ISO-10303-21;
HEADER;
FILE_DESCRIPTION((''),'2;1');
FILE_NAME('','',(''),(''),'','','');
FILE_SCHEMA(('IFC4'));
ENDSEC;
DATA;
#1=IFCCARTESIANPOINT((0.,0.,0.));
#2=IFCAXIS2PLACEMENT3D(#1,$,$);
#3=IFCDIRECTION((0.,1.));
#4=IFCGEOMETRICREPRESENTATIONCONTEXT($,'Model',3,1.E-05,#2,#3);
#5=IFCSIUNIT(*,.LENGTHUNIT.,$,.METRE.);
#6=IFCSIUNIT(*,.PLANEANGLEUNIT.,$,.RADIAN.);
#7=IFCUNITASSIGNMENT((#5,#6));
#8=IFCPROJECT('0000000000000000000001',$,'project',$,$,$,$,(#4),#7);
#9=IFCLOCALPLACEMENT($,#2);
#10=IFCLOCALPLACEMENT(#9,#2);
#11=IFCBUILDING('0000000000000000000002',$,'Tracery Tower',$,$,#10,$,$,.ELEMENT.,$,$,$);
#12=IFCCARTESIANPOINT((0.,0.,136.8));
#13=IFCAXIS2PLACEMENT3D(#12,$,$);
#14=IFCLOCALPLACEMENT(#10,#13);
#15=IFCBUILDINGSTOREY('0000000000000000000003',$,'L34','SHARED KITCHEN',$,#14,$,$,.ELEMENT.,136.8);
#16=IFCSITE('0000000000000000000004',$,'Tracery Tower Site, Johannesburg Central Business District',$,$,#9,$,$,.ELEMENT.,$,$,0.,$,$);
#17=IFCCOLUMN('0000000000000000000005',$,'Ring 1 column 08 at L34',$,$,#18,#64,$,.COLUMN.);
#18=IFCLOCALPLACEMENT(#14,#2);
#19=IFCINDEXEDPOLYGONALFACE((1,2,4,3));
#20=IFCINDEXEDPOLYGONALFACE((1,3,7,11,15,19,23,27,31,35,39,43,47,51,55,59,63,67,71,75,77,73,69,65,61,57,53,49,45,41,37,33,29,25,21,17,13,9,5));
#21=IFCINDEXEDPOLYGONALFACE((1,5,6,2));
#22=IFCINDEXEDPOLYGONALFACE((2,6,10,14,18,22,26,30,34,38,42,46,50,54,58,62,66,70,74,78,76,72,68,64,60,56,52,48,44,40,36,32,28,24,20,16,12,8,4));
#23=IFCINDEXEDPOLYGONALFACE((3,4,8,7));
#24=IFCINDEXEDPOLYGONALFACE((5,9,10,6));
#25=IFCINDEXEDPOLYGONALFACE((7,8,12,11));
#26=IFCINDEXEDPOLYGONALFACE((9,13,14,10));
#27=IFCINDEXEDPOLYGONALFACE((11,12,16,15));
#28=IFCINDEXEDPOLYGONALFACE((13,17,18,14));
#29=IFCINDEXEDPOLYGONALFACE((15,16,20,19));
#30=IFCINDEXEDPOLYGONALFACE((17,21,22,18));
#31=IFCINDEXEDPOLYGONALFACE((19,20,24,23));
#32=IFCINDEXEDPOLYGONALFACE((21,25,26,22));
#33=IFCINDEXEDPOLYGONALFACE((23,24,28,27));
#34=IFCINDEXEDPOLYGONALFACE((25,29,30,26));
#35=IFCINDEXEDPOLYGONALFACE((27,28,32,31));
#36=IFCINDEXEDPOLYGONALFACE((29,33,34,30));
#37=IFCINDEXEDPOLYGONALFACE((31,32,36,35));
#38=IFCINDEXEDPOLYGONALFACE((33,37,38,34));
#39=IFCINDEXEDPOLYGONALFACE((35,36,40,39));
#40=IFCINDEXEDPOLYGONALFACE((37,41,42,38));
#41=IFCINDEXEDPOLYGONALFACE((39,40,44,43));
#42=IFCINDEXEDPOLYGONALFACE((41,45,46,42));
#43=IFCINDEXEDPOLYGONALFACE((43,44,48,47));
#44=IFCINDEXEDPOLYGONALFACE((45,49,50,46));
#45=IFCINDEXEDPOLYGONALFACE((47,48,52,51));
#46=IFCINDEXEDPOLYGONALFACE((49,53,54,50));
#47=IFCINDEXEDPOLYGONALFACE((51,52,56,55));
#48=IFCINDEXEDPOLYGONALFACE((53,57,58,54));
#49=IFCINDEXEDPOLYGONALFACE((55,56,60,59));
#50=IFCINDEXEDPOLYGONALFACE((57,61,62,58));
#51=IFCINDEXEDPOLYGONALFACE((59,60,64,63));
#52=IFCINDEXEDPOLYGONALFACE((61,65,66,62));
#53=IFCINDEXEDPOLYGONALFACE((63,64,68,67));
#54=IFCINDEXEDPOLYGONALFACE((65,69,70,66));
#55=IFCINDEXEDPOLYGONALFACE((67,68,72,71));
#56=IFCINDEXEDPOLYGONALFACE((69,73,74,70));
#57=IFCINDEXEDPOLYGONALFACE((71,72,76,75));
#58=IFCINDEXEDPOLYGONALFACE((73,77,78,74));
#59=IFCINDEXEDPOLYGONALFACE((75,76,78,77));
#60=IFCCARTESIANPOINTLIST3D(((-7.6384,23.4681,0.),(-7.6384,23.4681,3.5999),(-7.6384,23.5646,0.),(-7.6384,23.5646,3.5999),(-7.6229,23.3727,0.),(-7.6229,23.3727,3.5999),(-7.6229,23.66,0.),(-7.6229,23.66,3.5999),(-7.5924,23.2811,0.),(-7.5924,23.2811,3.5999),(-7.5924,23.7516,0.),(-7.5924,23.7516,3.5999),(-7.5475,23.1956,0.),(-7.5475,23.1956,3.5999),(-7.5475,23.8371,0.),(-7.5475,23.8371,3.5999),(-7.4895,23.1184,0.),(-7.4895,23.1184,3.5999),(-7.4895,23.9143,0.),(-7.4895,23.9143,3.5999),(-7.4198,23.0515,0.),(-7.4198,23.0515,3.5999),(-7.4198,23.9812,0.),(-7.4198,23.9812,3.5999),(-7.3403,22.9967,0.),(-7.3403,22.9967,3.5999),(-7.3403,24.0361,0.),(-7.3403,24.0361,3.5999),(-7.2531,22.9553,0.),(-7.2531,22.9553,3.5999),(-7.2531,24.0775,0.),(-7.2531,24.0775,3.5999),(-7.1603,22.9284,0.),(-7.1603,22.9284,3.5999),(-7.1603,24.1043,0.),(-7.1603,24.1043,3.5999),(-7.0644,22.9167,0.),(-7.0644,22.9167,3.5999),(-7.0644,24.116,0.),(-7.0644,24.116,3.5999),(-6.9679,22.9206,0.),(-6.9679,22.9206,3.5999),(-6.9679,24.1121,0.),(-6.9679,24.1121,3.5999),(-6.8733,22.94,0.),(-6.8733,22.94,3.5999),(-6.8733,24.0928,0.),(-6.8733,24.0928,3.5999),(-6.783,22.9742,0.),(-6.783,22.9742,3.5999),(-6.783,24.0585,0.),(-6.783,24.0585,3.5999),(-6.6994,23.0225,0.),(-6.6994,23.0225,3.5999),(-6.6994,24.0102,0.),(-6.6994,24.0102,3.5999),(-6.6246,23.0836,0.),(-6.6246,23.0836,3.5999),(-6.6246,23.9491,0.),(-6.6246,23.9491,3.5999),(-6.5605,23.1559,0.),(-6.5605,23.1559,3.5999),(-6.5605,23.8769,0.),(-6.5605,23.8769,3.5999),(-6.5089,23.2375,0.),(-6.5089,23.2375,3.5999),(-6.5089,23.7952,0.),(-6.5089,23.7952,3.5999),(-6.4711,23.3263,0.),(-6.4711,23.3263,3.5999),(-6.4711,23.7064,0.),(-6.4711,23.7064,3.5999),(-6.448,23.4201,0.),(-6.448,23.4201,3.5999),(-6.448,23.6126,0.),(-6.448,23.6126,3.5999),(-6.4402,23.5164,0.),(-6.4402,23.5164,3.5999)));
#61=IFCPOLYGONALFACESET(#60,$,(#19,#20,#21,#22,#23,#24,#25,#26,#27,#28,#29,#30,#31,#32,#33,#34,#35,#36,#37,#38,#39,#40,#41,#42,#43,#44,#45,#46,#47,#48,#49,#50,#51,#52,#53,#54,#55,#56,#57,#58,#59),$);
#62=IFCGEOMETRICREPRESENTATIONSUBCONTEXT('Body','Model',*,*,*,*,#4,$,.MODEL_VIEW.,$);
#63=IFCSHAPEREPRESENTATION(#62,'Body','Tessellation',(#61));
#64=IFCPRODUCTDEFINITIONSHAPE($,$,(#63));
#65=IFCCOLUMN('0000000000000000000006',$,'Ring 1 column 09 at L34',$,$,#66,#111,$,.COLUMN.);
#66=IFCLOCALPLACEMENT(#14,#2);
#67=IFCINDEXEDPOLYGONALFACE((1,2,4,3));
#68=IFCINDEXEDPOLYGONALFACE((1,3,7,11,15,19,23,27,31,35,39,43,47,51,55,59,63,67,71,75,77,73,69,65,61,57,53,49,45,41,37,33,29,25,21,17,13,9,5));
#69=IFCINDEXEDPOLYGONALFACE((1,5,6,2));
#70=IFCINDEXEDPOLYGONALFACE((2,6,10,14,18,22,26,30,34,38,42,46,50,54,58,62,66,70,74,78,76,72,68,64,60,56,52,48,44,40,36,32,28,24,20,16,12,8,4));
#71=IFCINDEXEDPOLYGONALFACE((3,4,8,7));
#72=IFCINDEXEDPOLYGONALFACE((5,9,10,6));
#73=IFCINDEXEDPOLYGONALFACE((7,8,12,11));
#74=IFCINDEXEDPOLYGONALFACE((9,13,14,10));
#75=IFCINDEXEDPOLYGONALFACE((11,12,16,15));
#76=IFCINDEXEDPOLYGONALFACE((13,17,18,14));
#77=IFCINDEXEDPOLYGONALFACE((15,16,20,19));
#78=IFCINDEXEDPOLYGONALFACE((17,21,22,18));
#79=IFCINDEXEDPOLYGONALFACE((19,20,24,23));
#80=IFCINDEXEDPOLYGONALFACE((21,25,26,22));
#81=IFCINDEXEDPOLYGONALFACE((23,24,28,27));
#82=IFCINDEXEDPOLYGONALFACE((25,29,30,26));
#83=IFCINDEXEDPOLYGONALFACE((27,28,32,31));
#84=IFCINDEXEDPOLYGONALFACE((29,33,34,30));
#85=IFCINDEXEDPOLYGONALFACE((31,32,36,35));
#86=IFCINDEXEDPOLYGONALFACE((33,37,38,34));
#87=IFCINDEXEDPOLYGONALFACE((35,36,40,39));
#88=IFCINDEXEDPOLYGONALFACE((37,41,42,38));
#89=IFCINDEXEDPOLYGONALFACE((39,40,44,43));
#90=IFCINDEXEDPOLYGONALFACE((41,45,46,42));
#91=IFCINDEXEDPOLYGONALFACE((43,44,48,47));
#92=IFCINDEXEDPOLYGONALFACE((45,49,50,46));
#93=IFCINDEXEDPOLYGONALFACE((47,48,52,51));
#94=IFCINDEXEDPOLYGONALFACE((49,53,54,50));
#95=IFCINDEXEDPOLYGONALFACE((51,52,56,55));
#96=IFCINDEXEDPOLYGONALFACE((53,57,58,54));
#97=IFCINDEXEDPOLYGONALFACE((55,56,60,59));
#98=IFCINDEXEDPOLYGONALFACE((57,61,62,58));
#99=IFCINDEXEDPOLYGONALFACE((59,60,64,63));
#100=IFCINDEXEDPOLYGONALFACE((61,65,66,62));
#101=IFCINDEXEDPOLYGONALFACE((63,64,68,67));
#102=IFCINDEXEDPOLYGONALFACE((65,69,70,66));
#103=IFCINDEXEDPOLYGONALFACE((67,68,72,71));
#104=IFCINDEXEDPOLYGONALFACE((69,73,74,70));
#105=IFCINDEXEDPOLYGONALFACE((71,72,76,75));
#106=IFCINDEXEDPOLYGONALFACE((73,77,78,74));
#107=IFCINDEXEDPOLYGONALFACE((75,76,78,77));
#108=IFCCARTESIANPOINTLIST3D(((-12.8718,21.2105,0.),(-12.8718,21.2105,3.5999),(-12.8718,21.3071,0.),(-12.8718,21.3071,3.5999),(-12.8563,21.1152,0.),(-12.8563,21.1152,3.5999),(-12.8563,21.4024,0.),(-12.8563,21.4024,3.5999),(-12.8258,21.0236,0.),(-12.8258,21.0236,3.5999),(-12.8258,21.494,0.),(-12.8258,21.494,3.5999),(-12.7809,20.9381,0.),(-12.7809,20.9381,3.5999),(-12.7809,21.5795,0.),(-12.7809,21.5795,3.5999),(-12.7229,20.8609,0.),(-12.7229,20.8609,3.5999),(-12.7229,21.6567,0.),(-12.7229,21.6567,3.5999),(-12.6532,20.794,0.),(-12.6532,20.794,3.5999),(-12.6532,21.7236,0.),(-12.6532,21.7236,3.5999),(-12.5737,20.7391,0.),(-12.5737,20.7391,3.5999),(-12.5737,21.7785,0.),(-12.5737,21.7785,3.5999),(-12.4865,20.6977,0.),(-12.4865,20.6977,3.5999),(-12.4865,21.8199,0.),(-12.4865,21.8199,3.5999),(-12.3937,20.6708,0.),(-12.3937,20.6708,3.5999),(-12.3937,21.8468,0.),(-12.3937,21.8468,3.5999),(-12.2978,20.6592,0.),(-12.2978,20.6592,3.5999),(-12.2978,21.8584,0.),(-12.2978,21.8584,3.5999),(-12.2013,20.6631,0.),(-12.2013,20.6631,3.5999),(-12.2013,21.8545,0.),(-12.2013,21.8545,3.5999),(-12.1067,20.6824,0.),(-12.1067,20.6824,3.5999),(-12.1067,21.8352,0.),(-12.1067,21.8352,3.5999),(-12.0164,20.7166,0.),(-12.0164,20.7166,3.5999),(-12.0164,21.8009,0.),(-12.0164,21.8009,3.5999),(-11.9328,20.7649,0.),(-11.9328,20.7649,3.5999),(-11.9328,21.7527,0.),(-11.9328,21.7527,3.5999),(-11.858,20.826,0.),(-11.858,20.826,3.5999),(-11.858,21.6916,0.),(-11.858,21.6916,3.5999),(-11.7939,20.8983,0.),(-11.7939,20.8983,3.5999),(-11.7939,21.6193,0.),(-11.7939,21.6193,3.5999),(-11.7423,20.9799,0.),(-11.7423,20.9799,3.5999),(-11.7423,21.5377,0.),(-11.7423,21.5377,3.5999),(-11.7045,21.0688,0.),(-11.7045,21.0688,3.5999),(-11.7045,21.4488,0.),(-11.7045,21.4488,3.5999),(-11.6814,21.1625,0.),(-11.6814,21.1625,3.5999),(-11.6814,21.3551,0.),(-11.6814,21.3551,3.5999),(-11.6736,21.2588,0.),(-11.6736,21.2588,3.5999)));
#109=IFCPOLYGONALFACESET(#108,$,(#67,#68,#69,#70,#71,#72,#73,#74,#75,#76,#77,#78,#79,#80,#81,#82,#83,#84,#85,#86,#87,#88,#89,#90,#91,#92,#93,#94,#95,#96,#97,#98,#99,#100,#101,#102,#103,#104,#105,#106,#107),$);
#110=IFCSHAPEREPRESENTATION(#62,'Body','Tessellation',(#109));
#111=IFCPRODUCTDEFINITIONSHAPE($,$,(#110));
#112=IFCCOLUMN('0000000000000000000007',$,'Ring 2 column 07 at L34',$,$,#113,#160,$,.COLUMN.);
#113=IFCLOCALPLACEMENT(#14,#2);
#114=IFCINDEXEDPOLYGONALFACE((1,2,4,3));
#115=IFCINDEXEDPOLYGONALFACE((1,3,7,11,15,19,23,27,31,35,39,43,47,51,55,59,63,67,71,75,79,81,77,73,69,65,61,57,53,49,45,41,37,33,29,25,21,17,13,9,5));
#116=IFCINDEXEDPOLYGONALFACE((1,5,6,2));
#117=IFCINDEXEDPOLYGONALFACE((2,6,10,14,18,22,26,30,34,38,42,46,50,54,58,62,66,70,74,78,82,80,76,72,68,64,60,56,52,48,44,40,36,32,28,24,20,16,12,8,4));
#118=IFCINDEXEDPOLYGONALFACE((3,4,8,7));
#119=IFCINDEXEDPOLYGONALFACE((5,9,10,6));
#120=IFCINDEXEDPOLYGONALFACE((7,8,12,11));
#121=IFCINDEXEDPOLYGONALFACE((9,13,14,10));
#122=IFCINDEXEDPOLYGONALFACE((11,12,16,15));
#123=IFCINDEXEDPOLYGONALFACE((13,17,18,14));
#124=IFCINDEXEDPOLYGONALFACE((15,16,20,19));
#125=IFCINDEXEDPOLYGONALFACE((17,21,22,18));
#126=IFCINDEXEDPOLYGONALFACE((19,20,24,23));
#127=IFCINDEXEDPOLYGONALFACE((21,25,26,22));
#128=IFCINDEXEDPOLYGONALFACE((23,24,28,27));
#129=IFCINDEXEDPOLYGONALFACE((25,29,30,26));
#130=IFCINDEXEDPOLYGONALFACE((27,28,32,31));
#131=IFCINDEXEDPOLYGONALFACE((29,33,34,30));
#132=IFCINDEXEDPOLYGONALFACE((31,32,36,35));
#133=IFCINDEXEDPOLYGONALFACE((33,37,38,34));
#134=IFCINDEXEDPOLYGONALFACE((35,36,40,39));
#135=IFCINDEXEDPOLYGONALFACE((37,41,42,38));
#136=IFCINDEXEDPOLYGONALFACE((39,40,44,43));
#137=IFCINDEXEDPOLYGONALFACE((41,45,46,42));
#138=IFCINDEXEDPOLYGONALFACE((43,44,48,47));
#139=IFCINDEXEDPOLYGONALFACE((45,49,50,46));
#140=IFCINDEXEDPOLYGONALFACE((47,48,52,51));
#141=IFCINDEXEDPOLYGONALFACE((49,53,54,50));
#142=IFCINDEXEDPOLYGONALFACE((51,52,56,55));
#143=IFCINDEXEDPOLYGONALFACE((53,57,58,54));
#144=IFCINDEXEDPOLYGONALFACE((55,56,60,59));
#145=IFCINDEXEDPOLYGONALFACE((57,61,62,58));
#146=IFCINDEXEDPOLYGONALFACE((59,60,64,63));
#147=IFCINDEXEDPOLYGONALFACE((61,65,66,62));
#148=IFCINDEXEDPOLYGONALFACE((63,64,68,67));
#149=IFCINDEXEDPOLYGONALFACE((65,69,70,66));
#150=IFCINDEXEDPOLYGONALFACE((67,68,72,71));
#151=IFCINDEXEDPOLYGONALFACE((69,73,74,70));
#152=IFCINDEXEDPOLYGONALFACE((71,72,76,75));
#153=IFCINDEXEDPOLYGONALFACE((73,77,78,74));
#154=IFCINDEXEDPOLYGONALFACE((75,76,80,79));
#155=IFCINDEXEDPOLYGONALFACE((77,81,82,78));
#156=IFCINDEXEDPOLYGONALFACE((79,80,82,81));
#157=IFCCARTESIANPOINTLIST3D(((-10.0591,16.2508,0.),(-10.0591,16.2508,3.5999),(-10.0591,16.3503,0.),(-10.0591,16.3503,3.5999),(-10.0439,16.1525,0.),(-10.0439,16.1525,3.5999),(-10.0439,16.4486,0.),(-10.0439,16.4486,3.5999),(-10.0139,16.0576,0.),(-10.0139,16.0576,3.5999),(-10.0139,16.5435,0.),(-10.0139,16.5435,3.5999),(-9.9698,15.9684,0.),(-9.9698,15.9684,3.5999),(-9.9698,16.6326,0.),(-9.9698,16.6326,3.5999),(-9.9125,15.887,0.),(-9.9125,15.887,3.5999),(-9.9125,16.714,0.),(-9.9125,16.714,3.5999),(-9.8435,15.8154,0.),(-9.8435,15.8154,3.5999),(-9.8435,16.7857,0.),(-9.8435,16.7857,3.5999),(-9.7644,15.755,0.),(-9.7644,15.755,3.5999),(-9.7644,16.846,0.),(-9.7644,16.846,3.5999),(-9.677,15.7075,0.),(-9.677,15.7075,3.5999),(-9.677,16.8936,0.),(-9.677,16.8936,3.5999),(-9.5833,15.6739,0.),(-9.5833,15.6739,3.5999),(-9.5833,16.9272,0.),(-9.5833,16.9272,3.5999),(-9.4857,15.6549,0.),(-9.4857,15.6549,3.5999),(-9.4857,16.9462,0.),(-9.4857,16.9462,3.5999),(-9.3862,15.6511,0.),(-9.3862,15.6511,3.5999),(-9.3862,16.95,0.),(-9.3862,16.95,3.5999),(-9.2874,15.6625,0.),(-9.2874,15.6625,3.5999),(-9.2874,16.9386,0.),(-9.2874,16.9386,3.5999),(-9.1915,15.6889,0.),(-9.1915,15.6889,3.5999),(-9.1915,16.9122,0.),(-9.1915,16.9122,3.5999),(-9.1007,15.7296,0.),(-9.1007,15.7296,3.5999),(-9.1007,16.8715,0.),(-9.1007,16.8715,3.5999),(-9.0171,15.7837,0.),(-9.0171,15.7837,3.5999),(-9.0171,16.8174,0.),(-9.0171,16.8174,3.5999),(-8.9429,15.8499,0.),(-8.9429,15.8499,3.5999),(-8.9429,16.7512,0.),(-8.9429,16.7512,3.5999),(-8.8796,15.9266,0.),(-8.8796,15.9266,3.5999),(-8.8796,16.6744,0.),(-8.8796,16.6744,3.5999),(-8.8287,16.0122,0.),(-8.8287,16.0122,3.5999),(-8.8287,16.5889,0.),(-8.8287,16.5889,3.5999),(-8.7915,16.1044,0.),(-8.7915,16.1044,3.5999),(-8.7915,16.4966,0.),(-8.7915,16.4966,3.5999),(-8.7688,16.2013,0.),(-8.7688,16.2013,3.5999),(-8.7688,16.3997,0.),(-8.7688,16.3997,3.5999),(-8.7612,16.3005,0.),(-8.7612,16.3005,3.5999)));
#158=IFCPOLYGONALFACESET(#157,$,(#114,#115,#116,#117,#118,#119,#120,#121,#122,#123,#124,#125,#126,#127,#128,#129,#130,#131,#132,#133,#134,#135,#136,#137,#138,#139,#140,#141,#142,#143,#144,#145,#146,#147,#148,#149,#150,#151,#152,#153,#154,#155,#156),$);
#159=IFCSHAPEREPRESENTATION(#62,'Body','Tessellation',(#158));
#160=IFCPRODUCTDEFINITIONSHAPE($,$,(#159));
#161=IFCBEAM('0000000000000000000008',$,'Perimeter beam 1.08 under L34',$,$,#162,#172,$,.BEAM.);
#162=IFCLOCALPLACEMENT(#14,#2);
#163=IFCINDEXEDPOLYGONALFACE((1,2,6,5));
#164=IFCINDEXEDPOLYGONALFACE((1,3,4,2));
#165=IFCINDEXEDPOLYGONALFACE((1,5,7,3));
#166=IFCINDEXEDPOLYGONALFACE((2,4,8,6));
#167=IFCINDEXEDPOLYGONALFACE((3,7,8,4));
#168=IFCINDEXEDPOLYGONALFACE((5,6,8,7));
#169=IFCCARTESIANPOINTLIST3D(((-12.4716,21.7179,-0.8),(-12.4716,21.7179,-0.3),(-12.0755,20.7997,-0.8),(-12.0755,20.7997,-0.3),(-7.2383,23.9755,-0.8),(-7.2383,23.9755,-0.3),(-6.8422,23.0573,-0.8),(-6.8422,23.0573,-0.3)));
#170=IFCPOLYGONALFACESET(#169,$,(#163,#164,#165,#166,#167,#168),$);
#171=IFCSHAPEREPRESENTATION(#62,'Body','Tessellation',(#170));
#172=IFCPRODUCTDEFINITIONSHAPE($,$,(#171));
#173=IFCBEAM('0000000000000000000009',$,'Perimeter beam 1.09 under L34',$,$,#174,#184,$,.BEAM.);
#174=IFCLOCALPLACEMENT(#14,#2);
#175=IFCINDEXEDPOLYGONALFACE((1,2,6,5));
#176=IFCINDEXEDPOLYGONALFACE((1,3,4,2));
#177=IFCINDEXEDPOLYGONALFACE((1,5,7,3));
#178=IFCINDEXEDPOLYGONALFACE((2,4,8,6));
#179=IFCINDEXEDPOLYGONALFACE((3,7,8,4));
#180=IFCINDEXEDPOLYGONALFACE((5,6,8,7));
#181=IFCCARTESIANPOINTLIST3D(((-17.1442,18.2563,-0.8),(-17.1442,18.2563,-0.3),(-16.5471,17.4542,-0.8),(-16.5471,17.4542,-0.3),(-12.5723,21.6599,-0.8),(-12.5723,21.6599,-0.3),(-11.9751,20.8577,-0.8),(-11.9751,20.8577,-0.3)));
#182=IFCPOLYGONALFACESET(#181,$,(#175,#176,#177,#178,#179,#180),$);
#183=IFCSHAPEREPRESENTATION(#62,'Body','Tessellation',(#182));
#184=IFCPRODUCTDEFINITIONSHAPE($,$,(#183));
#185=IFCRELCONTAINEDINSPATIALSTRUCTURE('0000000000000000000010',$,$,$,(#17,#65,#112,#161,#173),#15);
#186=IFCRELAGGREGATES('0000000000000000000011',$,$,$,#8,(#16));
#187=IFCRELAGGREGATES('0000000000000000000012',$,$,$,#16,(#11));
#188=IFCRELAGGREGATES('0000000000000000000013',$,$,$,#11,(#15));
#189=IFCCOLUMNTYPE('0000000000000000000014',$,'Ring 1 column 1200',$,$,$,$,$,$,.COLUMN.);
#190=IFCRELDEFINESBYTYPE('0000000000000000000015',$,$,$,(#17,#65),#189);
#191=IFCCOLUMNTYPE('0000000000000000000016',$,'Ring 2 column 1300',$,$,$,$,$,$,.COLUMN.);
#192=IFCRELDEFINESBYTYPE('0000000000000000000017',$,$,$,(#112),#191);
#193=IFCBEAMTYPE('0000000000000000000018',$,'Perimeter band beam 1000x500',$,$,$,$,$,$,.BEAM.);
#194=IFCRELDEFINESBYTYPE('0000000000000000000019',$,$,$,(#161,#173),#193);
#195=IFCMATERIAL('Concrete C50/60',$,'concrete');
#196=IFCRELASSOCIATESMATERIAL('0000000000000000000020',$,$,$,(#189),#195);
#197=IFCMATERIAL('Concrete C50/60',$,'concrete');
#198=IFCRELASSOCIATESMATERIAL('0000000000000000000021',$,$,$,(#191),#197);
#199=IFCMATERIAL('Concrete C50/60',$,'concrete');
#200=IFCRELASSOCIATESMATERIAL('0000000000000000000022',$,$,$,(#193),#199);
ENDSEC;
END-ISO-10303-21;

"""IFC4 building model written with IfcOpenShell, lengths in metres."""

from ifc_helpers import new_model, si_unit, direction, frame, origin, origin_2d, place, context, subcontext, project, spatial, rectangle, circle, extrude, material, material_profile, profile_set, type_object, element, save


model = new_model("IFC4")

# Units and contexts
model_context = context("Model", 3, precision=1e-05, world=origin(), true_north=direction((0.0, 1.0)))
body_context = subcontext(model_context, "Body", "Model", "MODEL_VIEW")
ifc_project = project(units=[si_unit("LENGTHUNIT", "METRE"), si_unit("PLANEANGLEUNIT", "RADIAN")], contexts=[model_context])

# Site, building, storey
site_placement = place(None, origin())
site = spatial("IfcSite", under=ifc_project, at=site_placement, Name="Tracery Tower Site, Johannesburg Central Business District", CompositionType="ELEMENT", RefElevation=0.0)
building_placement = place(site_placement, origin())
building = spatial("IfcBuilding", under=site, at=building_placement, Name="Tracery Tower", CompositionType="ELEMENT")
storey_placement = place(building_placement, frame((0.0, 0.0, 136.8)))
storey = spatial("IfcBuildingStorey", under=building, at=storey_placement, Name="L34", Description="SHARED KITCHEN", CompositionType="ELEMENT", Elevation=136.8)

# Columns
ifc_material_1 = material(Name="Concrete C50/60", Category="concrete")
ifc_material_profile_1 = material_profile(ifc_material_1, circle(Radius=0.6001, at=origin_2d()), Name="RC D1200")
ifc_profile_set_1 = profile_set([ifc_material_profile_1], Name="Concrete C50/60")
column_type_1 = type_object("IfcColumnType", Name="Ring 1 column 1200", PredefinedType="COLUMN", material=ifc_profile_set_1)
for number, where, z_axis, x_axis, name in (
    (1, (-7.0403, 23.5164, 0.0), (0.0, 0.0, 1.0), (1.0, 0.0, 0.0), "Ring 1 column 08 at L34"),
    (2, (-12.2737, 21.2588, 0.0), (0.0, 0.0, 1.0), (1.0, 0.0, 0.0), "Ring 1 column 09 at L34"),
):
    element("IfcColumn", number, at=place(storey_placement, frame(where, z_axis=z_axis, x_axis=x_axis)), inside=storey, type_object=column_type_1, Name=name, PredefinedType="COLUMN", context=body_context, shape_type="SweptSolid", body=[
        extrude(circle(Radius=0.6001, at=origin_2d()), origin(), (0.0, 0.0, 1.0), 3.5999),
    ])
ifc_material_2 = material(Name="Concrete C50/60", Category="concrete")
ifc_material_profile_2 = material_profile(ifc_material_2, circle(Radius=0.6499, at=origin_2d()), Name="RC D1300")
ifc_profile_set_2 = profile_set([ifc_material_profile_2], Name="Concrete C50/60")
column_type_2 = type_object("IfcColumnType", Name="Ring 2 column 1300", PredefinedType="COLUMN", material=ifc_profile_set_2)
column_placement = place(storey_placement, frame((-9.4111, 16.3005, 0.0), z_axis=(0.0, 0.0, 1.0), x_axis=(1.0, 0.0, 0.0)))
element("IfcColumn", 3, at=column_placement, inside=storey, type_object=column_type_2, Name="Ring 2 column 07 at L34", PredefinedType="COLUMN", context=body_context, shape_type="SweptSolid", body=[
    extrude(circle(Radius=0.6499, at=origin_2d()), origin(), (0.0, 0.0, 1.0), 3.5999),
])

# Beams
ifc_material_3 = material(Name="Concrete C50/60", Category="concrete")
ifc_material_profile_3 = material_profile(ifc_material_3, rectangle(XDim=1.0, YDim=0.5, at=origin_2d()), Name="RC 1000x500")
ifc_profile_set_3 = profile_set([ifc_material_profile_3], Name="Concrete C50/60")
beam_type = type_object("IfcBeamType", Name="Perimeter band beam 1000x500", PredefinedType="BEAM", material=ifc_profile_set_3)
beam_1_placement = place(storey_placement, frame((-7.0403, 23.5164, -0.55), z_axis=(-0.91821, -0.396095, 0.0), x_axis=(0.396095, -0.91821, 0.0)))
element("IfcBeam", 4, at=beam_1_placement, inside=storey, type_object=beam_type, Name="Perimeter beam 1.08 under L34", PredefinedType="BEAM", context=body_context, shape_type="SweptSolid", body=[
    extrude(rectangle(XDim=1.0, YDim=0.5, at=origin_2d()), origin(), (0.0, 0.0, 1.0), 5.6995),
])
beam_2_placement = place(storey_placement, frame((-12.2737, 21.2588, -0.55), z_axis=(-0.802138, -0.597138, 0.0), x_axis=(0.597138, -0.802138, 0.0)))
element("IfcBeam", 5, at=beam_2_placement, inside=storey, type_object=beam_type, Name="Perimeter beam 1.09 under L34", PredefinedType="BEAM", context=body_context, shape_type="SweptSolid", body=[
    extrude(rectangle(XDim=1.0, YDim=0.5, at=origin_2d()), origin(), (0.0, 0.0, 1.0), 5.6997),
])

save(model, "model.ifc")
